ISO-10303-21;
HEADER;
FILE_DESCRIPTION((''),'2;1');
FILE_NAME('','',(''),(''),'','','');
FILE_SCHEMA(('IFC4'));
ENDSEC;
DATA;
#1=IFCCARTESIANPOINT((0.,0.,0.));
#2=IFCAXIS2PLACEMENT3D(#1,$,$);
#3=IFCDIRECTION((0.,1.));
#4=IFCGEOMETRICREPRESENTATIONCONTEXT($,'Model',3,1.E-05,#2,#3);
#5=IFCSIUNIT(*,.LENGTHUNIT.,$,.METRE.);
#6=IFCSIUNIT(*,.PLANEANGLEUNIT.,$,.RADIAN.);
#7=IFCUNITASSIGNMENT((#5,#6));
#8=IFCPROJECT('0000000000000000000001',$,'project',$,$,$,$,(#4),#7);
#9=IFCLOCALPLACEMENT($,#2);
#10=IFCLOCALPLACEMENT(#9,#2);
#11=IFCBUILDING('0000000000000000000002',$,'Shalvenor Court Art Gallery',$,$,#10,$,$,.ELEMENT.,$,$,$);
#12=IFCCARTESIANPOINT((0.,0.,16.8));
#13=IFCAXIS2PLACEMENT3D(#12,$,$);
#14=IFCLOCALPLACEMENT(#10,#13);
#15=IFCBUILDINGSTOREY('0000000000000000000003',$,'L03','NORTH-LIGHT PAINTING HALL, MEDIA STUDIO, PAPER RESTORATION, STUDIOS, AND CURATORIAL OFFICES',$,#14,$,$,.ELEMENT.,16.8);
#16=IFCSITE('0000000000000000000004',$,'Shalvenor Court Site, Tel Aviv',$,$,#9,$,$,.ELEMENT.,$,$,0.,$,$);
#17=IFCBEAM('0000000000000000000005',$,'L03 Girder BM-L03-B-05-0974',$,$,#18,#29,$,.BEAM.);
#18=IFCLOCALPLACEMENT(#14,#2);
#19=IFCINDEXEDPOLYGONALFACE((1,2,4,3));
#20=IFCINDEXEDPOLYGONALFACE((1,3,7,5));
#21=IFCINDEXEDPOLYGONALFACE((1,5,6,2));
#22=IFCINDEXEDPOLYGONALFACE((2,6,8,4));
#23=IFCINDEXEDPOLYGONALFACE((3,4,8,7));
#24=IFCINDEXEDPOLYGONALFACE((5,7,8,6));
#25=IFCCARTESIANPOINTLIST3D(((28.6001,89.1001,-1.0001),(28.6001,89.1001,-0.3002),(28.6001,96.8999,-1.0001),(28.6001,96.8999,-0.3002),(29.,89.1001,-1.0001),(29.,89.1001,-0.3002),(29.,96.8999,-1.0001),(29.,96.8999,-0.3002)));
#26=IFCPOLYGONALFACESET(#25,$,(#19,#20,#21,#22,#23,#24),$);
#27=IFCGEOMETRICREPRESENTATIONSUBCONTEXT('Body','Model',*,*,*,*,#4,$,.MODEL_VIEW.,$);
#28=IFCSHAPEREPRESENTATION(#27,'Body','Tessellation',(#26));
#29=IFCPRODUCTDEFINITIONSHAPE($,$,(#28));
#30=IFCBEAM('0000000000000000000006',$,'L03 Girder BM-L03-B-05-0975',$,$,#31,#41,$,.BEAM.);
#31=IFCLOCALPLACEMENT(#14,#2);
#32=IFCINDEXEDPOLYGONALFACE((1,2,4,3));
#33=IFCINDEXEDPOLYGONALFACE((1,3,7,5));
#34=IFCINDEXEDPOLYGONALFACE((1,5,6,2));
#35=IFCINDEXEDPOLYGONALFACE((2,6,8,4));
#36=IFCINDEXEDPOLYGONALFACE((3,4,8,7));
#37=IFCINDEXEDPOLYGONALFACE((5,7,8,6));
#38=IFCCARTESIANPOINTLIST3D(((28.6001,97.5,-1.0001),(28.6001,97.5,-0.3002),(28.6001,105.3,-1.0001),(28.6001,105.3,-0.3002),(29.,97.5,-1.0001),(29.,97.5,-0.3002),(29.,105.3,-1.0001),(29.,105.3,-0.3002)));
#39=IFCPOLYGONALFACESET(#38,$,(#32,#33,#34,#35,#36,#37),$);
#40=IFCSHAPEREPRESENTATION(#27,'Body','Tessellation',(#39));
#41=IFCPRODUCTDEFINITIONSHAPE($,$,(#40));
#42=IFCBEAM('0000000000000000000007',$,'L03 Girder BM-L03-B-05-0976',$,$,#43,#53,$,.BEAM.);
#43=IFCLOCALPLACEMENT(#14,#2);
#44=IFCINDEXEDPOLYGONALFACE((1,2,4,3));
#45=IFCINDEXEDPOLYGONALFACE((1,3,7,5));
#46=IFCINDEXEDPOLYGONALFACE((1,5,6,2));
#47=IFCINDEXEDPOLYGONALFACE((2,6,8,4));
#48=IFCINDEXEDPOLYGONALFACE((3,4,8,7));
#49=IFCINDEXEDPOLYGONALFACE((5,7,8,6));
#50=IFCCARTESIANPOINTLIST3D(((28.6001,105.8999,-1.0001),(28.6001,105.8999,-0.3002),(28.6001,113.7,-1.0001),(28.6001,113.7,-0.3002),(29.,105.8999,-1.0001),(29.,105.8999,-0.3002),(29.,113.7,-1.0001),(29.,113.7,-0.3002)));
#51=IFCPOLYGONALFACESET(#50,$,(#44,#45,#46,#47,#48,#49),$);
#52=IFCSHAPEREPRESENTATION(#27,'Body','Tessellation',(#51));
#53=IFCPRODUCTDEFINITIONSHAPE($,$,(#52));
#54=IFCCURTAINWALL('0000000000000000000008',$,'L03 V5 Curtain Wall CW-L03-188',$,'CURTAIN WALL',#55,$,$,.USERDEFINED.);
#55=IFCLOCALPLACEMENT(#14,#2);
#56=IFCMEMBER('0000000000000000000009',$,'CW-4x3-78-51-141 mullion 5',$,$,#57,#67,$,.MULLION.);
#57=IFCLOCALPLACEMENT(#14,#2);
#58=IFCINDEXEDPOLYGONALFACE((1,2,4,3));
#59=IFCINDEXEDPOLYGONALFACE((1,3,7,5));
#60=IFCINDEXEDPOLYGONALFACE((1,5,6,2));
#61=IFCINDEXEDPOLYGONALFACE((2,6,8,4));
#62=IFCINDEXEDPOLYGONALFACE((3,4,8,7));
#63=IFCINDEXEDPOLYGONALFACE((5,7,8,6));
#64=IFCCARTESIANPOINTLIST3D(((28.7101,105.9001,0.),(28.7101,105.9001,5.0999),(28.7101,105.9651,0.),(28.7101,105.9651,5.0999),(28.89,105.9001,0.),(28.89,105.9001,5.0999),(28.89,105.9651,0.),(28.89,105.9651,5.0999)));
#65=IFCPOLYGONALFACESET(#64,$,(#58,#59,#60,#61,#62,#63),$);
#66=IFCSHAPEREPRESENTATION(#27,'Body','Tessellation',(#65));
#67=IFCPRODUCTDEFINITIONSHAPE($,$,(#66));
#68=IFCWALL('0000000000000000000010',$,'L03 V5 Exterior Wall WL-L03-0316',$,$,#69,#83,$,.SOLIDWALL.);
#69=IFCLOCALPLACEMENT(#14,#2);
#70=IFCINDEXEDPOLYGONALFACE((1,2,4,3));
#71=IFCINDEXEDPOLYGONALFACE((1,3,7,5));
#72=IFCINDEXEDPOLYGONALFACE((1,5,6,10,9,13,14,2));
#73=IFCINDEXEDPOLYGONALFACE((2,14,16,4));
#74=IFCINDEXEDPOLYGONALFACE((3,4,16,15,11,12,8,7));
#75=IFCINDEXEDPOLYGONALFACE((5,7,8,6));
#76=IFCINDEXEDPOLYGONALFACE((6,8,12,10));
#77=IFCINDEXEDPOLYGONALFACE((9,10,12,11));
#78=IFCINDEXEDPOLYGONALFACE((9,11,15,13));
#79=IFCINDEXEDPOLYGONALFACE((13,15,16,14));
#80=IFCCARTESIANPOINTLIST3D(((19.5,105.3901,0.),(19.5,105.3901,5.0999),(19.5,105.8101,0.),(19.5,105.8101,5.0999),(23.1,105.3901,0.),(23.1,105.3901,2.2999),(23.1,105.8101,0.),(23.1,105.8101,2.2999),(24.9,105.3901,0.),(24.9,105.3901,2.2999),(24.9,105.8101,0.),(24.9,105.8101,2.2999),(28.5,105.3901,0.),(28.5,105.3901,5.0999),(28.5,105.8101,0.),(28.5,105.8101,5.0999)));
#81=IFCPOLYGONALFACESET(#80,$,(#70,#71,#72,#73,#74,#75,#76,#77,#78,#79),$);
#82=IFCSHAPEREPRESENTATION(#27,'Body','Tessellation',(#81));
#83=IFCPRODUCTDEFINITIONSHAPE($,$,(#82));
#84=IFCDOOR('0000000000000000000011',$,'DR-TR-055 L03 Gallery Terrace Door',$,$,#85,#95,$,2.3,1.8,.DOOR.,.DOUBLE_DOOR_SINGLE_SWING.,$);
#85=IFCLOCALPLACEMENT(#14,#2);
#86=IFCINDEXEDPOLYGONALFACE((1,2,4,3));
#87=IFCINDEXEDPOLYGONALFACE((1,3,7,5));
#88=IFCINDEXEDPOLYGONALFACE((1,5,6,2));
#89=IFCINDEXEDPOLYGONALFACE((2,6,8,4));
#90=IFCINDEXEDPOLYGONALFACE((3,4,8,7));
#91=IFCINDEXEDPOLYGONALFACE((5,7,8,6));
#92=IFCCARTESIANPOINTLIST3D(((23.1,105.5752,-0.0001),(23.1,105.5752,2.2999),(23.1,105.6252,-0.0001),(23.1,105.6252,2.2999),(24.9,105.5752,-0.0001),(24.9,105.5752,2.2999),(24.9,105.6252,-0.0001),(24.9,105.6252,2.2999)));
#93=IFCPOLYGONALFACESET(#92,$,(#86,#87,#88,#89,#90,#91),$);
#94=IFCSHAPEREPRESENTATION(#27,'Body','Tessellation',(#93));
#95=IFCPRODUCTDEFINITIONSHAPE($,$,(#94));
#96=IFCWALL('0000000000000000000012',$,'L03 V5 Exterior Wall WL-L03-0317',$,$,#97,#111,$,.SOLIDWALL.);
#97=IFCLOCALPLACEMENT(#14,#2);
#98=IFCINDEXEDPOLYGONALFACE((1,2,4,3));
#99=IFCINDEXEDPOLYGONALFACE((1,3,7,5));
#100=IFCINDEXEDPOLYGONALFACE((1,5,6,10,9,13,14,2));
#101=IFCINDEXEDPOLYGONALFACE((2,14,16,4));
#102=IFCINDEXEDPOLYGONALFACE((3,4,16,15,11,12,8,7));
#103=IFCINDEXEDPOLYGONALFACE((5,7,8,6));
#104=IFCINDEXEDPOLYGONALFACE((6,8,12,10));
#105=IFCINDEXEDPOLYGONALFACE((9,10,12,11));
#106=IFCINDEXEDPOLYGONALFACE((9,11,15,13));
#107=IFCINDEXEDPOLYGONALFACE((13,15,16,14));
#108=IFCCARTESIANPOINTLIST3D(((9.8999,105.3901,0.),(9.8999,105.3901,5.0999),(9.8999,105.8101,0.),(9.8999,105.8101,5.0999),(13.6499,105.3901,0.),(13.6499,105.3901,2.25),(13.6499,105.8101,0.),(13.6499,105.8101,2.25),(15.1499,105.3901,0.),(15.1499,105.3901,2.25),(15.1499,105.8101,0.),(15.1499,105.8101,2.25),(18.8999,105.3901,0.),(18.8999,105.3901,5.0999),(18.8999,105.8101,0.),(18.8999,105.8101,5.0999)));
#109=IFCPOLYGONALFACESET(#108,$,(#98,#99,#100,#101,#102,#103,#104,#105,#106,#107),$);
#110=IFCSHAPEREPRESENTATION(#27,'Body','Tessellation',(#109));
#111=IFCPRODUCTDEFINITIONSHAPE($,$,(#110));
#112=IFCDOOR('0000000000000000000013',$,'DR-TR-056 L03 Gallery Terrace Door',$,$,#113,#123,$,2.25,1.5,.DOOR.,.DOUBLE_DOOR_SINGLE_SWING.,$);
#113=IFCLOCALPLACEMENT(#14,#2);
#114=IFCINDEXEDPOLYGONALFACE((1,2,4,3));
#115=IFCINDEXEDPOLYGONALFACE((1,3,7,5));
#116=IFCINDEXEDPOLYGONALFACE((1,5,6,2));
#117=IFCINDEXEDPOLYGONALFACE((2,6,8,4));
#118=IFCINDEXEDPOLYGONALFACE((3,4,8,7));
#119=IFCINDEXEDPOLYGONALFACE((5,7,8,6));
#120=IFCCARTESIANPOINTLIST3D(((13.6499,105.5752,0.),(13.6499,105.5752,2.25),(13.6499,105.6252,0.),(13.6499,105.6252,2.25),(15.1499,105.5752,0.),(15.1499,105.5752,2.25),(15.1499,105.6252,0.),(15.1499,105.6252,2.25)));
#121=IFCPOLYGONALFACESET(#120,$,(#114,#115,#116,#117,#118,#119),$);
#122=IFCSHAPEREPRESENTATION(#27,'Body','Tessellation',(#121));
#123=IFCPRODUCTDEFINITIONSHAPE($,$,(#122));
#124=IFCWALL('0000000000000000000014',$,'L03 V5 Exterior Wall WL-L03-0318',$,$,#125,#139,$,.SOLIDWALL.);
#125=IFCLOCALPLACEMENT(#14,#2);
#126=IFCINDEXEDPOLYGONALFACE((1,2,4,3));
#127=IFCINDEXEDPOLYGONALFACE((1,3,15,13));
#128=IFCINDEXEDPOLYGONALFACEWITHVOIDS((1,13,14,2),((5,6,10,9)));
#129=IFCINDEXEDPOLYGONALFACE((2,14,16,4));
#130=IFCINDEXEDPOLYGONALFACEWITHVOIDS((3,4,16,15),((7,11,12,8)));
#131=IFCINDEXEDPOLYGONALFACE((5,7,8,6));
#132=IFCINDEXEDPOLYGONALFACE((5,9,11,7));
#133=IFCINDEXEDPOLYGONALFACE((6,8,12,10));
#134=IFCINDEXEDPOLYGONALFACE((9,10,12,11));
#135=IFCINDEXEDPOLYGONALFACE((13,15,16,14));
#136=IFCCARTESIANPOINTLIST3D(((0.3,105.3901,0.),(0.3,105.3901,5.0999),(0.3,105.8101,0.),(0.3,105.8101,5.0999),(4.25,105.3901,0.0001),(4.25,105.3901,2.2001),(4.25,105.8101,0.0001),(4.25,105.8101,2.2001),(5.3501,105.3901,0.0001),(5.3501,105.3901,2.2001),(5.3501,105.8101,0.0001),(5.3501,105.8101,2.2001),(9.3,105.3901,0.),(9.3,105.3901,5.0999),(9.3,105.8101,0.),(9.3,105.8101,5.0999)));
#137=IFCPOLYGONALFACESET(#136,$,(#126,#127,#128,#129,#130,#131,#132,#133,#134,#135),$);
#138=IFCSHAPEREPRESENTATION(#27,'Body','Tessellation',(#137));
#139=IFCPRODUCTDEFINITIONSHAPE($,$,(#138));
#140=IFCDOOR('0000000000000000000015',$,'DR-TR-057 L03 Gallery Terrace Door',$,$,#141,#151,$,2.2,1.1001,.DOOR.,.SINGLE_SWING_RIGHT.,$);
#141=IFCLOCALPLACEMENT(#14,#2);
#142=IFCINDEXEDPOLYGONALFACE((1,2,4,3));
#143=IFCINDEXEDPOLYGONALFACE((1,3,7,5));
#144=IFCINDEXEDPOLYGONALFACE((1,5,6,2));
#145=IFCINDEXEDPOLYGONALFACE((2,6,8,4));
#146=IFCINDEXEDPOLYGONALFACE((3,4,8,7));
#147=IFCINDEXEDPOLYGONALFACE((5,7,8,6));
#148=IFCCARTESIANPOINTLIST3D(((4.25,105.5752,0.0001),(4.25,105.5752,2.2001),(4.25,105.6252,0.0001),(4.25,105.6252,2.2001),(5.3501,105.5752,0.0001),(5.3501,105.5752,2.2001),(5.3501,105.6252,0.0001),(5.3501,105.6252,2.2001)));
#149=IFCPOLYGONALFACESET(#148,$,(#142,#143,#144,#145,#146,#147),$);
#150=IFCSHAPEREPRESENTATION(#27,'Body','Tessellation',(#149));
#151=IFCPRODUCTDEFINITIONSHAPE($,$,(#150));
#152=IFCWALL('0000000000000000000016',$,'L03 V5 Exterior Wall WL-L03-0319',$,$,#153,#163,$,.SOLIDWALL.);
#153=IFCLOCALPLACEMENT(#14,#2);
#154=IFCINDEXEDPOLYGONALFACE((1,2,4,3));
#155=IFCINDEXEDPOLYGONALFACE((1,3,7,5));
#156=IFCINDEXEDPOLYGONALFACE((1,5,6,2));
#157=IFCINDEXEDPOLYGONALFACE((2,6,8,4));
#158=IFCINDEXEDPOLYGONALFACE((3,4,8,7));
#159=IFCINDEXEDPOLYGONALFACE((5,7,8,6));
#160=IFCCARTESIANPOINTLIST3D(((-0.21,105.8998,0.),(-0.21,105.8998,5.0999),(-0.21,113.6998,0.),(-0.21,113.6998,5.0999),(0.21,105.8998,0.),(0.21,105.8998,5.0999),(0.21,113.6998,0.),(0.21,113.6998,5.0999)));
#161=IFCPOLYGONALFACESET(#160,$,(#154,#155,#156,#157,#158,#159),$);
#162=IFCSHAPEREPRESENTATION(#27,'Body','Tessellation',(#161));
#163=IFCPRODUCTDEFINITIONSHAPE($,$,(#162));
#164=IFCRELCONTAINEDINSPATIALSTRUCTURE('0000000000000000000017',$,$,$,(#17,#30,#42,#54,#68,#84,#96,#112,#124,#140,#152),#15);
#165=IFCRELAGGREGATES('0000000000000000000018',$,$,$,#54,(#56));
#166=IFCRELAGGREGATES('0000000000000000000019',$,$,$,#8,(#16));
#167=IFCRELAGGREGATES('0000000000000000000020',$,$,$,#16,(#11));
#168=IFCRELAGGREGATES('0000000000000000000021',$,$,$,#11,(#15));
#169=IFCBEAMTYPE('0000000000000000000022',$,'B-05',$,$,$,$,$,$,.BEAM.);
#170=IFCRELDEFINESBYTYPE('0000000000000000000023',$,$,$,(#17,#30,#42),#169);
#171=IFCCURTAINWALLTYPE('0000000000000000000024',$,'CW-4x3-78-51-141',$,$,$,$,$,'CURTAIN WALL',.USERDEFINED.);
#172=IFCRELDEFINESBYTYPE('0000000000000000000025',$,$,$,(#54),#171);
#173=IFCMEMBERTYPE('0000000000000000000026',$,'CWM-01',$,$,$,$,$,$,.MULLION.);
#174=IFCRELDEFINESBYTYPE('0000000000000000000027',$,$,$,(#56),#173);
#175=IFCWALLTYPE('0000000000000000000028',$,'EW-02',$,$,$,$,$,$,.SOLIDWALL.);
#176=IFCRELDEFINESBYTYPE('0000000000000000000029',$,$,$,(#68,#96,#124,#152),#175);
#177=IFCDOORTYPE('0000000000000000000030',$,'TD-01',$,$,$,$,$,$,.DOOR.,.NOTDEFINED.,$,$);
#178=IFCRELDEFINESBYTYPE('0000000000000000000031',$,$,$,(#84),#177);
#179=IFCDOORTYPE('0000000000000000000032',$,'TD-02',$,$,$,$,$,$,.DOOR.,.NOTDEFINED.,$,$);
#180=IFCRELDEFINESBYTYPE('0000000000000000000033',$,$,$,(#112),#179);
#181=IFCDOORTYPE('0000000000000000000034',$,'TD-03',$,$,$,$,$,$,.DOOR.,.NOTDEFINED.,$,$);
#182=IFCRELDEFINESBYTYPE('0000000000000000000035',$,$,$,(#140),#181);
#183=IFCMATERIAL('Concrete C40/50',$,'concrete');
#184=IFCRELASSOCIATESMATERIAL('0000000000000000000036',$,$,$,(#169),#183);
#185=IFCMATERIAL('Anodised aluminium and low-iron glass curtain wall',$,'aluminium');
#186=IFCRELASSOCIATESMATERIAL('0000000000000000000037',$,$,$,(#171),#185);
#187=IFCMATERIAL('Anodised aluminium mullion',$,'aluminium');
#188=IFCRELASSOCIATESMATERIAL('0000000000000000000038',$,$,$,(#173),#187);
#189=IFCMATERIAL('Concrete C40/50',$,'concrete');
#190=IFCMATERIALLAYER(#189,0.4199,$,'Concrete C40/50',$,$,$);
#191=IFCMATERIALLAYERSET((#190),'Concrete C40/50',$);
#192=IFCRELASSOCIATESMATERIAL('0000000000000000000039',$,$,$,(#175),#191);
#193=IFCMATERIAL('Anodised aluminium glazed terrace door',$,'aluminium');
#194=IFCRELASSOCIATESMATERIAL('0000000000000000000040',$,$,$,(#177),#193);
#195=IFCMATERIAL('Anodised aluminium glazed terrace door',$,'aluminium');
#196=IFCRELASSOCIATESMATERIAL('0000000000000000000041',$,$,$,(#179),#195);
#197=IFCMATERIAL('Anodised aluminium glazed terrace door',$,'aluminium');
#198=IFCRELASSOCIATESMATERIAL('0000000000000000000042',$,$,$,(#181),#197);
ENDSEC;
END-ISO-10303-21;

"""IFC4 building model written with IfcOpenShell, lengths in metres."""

from ifc_helpers import new_model, si_unit, direction, frame, frame_2d, origin, origin_2d, place, context, subcontext, project, spatial, rectangle, extrude, material, layer, layer_set, material_profile, profile_set, type_object, element, fill, aggregate, save


model = new_model("IFC4")

# Units and contexts
model_context = context("Model", 3, precision=1e-05, world=origin(), true_north=direction((0.0, 1.0)))
body_context = subcontext(model_context, "Body", "Model", "MODEL_VIEW")
ifc_project = project(units=[si_unit("LENGTHUNIT", "METRE"), si_unit("PLANEANGLEUNIT", "RADIAN")], contexts=[model_context])

# Site, building, storey
site_placement = place(None, origin())
site = spatial("IfcSite", under=ifc_project, at=site_placement, Name="Shalvenor Court Site, Tel Aviv", CompositionType="ELEMENT", RefElevation=0.0)
building_placement = place(site_placement, origin())
building = spatial("IfcBuilding", under=site, at=building_placement, Name="Shalvenor Court Art Gallery", CompositionType="ELEMENT")
storey_placement = place(building_placement, frame((0.0, 0.0, 16.8)))
storey = spatial("IfcBuildingStorey", under=building, at=storey_placement, Name="L03", Description="NORTH-LIGHT PAINTING HALL, MEDIA STUDIO, PAPER RESTORATION, STUDIOS, AND CURATORIAL OFFICES", CompositionType="ELEMENT", Elevation=16.8)

# Beams
ifc_material_1 = material(Name="Concrete C40/50", Category="concrete")
ifc_material_profile_1 = material_profile(ifc_material_1, rectangle(XDim=0.3999, YDim=0.7, at=origin_2d()), Name="RC 400x700")
ifc_profile_set_1 = profile_set([ifc_material_profile_1], Name="Concrete C40/50")
beam_type_1 = type_object("IfcBeamType", Name="B-05", PredefinedType="BEAM", material=ifc_profile_set_1)
beam_1_placement = place(storey_placement, frame((28.8, 89.1001, -0.6501), z_axis=(0.0, 1.0, 0.0), x_axis=(-1.0, 0.0, 0.0)))
element("IfcBeam", 1, at=beam_1_placement, inside=storey, type_object=beam_type_1, Name="L03 Girder BM-L03-B-05-0974", PredefinedType="BEAM", context=body_context, shape_type="SweptSolid", body=[
    extrude(rectangle(XDim=0.3999, YDim=0.7, at=origin_2d()), origin(), (0.0, 0.0, 1.0), 7.7998),
])
for number, where, z_axis, x_axis, name in (
    (2, (28.8, 97.5, -0.6501), (0.0, 1.0, 0.0), (-1.0, 0.0, 0.0), "L03 Girder BM-L03-B-05-0975"),
    (3, (28.8, 105.8999, -0.6501), (0.0, 1.0, 0.0), (-1.0, 0.0, 0.0), "L03 Girder BM-L03-B-05-0976"),
):
    element("IfcBeam", number, at=place(storey_placement, frame(where, z_axis=z_axis, x_axis=x_axis)), inside=storey, type_object=beam_type_1, Name=name, PredefinedType="BEAM", context=body_context, shape_type="SweptSolid", body=[
        extrude(rectangle(XDim=0.3999, YDim=0.7, at=origin_2d()), origin(), (0.0, 0.0, 1.0), 7.8),
    ])

# Curtain wall, member
ifc_material_2 = material(Name="Anodised aluminium and low-iron glass curtain wall", Category="aluminium")
curtain_wall_type = type_object("IfcCurtainWallType", Name="CW-4x3-78-51-141", ElementType="CURTAIN WALL", PredefinedType="USERDEFINED", material=ifc_material_2)
curtain_wall_placement = place(storey_placement, origin())
curtain_wall = element("IfcCurtainWall", 4, at=curtain_wall_placement, inside=storey, type_object=curtain_wall_type, Name="L03 V5 Curtain Wall CW-L03-188", ObjectType="CURTAIN WALL", PredefinedType="USERDEFINED")
ifc_material_3 = material(Name="Anodised aluminium mullion", Category="aluminium")
ifc_material_profile_2 = material_profile(ifc_material_3, rectangle(XDim=0.0649, YDim=0.1799, at=origin_2d()), Name="CWM-01")
ifc_profile_set_2 = profile_set([ifc_material_profile_2], Name="Anodised aluminium mullion")
member_type = type_object("IfcMemberType", Name="CWM-01", PredefinedType="MULLION", material=ifc_profile_set_2)
member_placement = place(storey_placement, frame((28.8, 105.9326, 0.0), z_axis=(0.0, 0.0, 1.0), x_axis=(0.0, -1.0, 0.0)))
member = element("IfcMember", 5, at=member_placement, type_object=member_type, Name="CW-4x3-78-51-141 mullion 5", PredefinedType="MULLION", context=body_context, shape_type="SweptSolid", body=[
    extrude(rectangle(XDim=0.0649, YDim=0.1799, at=origin_2d()), origin(), (0.0, 0.0, 1.0), 5.0999),
])
aggregate(curtain_wall, [member])

# Walls, openings, doors
ifc_material_4 = material(Name="Concrete C40/50", Category="concrete")
ifc_layer = layer(ifc_material_4, 0.4199, Name="Concrete C40/50")
ifc_layer_set = layer_set([ifc_layer], Name="Concrete C40/50")
wall_type = type_object("IfcWallType", Name="EW-02", PredefinedType="SOLIDWALL", material=ifc_layer_set)
wall_1_placement = place(storey_placement, frame((28.5, 105.6001, 0.0), z_axis=(0.0, 0.0, 1.0), x_axis=(-1.0, 0.0, 0.0)))
wall_1 = element("IfcWall", 6, at=wall_1_placement, inside=storey, type_object=wall_type, Name="L03 V5 Exterior Wall WL-L03-0316", PredefinedType="SOLIDWALL", context=body_context, shape_type="SweptSolid", body=[
    extrude(rectangle(XDim=9.0, YDim=0.4199, at=frame_2d((4.5, 0.0))), origin(), (0.0, 0.0, 1.0), 5.0999),
])
opening_1_placement = place(wall_1_placement, frame((3.6001, 0.0, 0.0)))
opening_1 = element("IfcOpeningElement", 7, at=opening_1_placement, cuts=wall_1, PredefinedType="OPENING", context=body_context, shape_type="SweptSolid", body=[
    extrude(rectangle(XDim=1.8, YDim=2.3, at=frame_2d((0.8999, 1.1499))), frame((0.0, 0.22, 0.0), z_axis=(0.0, -1.0, 0.0), x_axis=(1.0, 0.0, 0.0)), (0.0, 0.0, 1.0), 0.4399),
])
ifc_material_5 = material(Name="Anodised aluminium glazed terrace door", Category="aluminium")
door_type_1 = type_object("IfcDoorType", Name="TD-01", OperationType="NOTDEFINED", PredefinedType="DOOR", material=ifc_material_5)
door_1_placement = place(opening_1_placement, origin())
door_1 = element("IfcDoor", 8, at=door_1_placement, inside=storey, type_object=door_type_1, Name="DR-TR-055 L03 Gallery Terrace Door", OperationType="DOUBLE_DOOR_SINGLE_SWING", OverallHeight=2.3, OverallWidth=1.8, PredefinedType="DOOR", context=body_context, shape_type="SweptSolid", body=[
    extrude(rectangle(XDim=1.8, YDim=2.3, at=frame_2d((0.8999, 1.1499))), frame((0.0, 0.0249, 0.0), z_axis=(0.0, -1.0, 0.0), x_axis=(1.0, 0.0, 0.0)), (0.0, 0.0, 1.0), 0.05),
])
fill(opening_1, door_1)
wall_2_placement = place(storey_placement, frame((18.8999, 105.6001, 0.0), z_axis=(0.0, 0.0, 1.0), x_axis=(-1.0, 0.0, 0.0)))
wall_2 = element("IfcWall", 9, at=wall_2_placement, inside=storey, type_object=wall_type, Name="L03 V5 Exterior Wall WL-L03-0317", PredefinedType="SOLIDWALL", context=body_context, shape_type="SweptSolid", body=[
    extrude(rectangle(XDim=9.0, YDim=0.4199, at=frame_2d((4.5, 0.0))), origin(), (0.0, 0.0, 1.0), 5.0999),
])
opening_2_placement = place(wall_2_placement, frame((3.75, 0.0, 0.0)))
opening_2 = element("IfcOpeningElement", 10, at=opening_2_placement, cuts=wall_2, PredefinedType="OPENING", context=body_context, shape_type="SweptSolid", body=[
    extrude(rectangle(XDim=1.5, YDim=2.25, at=frame_2d((0.75, 1.125))), frame((0.0, 0.22, 0.0), z_axis=(0.0, -1.0, 0.0), x_axis=(1.0, 0.0, 0.0)), (0.0, 0.0, 1.0), 0.4399),
])
ifc_material_6 = material(Name="Anodised aluminium glazed terrace door", Category="aluminium")
door_type_2 = type_object("IfcDoorType", Name="TD-02", OperationType="NOTDEFINED", PredefinedType="DOOR", material=ifc_material_6)
door_2_placement = place(opening_2_placement, origin())
door_2 = element("IfcDoor", 11, at=door_2_placement, inside=storey, type_object=door_type_2, Name="DR-TR-056 L03 Gallery Terrace Door", OperationType="DOUBLE_DOOR_SINGLE_SWING", OverallHeight=2.25, OverallWidth=1.5, PredefinedType="DOOR", context=body_context, shape_type="SweptSolid", body=[
    extrude(rectangle(XDim=1.5, YDim=2.25, at=frame_2d((0.75, 1.125))), frame((0.0, 0.0249, 0.0), z_axis=(0.0, -1.0, 0.0), x_axis=(1.0, 0.0, 0.0)), (0.0, 0.0, 1.0), 0.05),
])
fill(opening_2, door_2)
wall_3_placement = place(storey_placement, frame((9.3, 105.6001, 0.0), z_axis=(0.0, 0.0, 1.0), x_axis=(-1.0, 0.0, 0.0)))
wall_3 = element("IfcWall", 12, at=wall_3_placement, inside=storey, type_object=wall_type, Name="L03 V5 Exterior Wall WL-L03-0318", PredefinedType="SOLIDWALL", context=body_context, shape_type="SweptSolid", body=[
    extrude(rectangle(XDim=9.0, YDim=0.4199, at=frame_2d((4.5, 0.0))), origin(), (0.0, 0.0, 1.0), 5.0999),
])
opening_3_placement = place(wall_3_placement, frame((3.95, 0.0, 0.0)))
opening_3 = element("IfcOpeningElement", 13, at=opening_3_placement, cuts=wall_3, PredefinedType="OPENING", context=body_context, shape_type="SweptSolid", body=[
    extrude(rectangle(XDim=1.1001, YDim=2.2, at=frame_2d((0.55, 1.1001))), frame((0.0, 0.22, 0.0), z_axis=(0.0, -1.0, 0.0), x_axis=(1.0, 0.0, 0.0)), (0.0, 0.0, 1.0), 0.4399),
])
ifc_material_7 = material(Name="Anodised aluminium glazed terrace door", Category="aluminium")
door_type_3 = type_object("IfcDoorType", Name="TD-03", OperationType="NOTDEFINED", PredefinedType="DOOR", material=ifc_material_7)
door_3_placement = place(opening_3_placement, origin())
door_3 = element("IfcDoor", 14, at=door_3_placement, inside=storey, type_object=door_type_3, Name="DR-TR-057 L03 Gallery Terrace Door", OperationType="SINGLE_SWING_RIGHT", OverallHeight=2.2, OverallWidth=1.1001, PredefinedType="DOOR", context=body_context, shape_type="SweptSolid", body=[
    extrude(rectangle(XDim=1.1001, YDim=2.2, at=frame_2d((0.55, 1.1001))), frame((0.0, 0.0249, 0.0), z_axis=(0.0, -1.0, 0.0), x_axis=(1.0, 0.0, 0.0)), (0.0, 0.0, 1.0), 0.05),
])
fill(opening_3, door_3)

# Wall
wall_4_placement = place(storey_placement, frame((0.0, 105.8999, 0.0), z_axis=(0.0, 0.0, 1.0), x_axis=(0.0, 1.0, 0.0)))
element("IfcWall", 15, at=wall_4_placement, inside=storey, type_object=wall_type, Name="L03 V5 Exterior Wall WL-L03-0319", PredefinedType="SOLIDWALL", context=body_context, shape_type="SweptSolid", body=[
    extrude(rectangle(XDim=7.8, YDim=0.4199, at=frame_2d((3.8999, 0.0))), origin(), (0.0, 0.0, 1.0), 5.0999),
])

save(model, "model.ifc")
